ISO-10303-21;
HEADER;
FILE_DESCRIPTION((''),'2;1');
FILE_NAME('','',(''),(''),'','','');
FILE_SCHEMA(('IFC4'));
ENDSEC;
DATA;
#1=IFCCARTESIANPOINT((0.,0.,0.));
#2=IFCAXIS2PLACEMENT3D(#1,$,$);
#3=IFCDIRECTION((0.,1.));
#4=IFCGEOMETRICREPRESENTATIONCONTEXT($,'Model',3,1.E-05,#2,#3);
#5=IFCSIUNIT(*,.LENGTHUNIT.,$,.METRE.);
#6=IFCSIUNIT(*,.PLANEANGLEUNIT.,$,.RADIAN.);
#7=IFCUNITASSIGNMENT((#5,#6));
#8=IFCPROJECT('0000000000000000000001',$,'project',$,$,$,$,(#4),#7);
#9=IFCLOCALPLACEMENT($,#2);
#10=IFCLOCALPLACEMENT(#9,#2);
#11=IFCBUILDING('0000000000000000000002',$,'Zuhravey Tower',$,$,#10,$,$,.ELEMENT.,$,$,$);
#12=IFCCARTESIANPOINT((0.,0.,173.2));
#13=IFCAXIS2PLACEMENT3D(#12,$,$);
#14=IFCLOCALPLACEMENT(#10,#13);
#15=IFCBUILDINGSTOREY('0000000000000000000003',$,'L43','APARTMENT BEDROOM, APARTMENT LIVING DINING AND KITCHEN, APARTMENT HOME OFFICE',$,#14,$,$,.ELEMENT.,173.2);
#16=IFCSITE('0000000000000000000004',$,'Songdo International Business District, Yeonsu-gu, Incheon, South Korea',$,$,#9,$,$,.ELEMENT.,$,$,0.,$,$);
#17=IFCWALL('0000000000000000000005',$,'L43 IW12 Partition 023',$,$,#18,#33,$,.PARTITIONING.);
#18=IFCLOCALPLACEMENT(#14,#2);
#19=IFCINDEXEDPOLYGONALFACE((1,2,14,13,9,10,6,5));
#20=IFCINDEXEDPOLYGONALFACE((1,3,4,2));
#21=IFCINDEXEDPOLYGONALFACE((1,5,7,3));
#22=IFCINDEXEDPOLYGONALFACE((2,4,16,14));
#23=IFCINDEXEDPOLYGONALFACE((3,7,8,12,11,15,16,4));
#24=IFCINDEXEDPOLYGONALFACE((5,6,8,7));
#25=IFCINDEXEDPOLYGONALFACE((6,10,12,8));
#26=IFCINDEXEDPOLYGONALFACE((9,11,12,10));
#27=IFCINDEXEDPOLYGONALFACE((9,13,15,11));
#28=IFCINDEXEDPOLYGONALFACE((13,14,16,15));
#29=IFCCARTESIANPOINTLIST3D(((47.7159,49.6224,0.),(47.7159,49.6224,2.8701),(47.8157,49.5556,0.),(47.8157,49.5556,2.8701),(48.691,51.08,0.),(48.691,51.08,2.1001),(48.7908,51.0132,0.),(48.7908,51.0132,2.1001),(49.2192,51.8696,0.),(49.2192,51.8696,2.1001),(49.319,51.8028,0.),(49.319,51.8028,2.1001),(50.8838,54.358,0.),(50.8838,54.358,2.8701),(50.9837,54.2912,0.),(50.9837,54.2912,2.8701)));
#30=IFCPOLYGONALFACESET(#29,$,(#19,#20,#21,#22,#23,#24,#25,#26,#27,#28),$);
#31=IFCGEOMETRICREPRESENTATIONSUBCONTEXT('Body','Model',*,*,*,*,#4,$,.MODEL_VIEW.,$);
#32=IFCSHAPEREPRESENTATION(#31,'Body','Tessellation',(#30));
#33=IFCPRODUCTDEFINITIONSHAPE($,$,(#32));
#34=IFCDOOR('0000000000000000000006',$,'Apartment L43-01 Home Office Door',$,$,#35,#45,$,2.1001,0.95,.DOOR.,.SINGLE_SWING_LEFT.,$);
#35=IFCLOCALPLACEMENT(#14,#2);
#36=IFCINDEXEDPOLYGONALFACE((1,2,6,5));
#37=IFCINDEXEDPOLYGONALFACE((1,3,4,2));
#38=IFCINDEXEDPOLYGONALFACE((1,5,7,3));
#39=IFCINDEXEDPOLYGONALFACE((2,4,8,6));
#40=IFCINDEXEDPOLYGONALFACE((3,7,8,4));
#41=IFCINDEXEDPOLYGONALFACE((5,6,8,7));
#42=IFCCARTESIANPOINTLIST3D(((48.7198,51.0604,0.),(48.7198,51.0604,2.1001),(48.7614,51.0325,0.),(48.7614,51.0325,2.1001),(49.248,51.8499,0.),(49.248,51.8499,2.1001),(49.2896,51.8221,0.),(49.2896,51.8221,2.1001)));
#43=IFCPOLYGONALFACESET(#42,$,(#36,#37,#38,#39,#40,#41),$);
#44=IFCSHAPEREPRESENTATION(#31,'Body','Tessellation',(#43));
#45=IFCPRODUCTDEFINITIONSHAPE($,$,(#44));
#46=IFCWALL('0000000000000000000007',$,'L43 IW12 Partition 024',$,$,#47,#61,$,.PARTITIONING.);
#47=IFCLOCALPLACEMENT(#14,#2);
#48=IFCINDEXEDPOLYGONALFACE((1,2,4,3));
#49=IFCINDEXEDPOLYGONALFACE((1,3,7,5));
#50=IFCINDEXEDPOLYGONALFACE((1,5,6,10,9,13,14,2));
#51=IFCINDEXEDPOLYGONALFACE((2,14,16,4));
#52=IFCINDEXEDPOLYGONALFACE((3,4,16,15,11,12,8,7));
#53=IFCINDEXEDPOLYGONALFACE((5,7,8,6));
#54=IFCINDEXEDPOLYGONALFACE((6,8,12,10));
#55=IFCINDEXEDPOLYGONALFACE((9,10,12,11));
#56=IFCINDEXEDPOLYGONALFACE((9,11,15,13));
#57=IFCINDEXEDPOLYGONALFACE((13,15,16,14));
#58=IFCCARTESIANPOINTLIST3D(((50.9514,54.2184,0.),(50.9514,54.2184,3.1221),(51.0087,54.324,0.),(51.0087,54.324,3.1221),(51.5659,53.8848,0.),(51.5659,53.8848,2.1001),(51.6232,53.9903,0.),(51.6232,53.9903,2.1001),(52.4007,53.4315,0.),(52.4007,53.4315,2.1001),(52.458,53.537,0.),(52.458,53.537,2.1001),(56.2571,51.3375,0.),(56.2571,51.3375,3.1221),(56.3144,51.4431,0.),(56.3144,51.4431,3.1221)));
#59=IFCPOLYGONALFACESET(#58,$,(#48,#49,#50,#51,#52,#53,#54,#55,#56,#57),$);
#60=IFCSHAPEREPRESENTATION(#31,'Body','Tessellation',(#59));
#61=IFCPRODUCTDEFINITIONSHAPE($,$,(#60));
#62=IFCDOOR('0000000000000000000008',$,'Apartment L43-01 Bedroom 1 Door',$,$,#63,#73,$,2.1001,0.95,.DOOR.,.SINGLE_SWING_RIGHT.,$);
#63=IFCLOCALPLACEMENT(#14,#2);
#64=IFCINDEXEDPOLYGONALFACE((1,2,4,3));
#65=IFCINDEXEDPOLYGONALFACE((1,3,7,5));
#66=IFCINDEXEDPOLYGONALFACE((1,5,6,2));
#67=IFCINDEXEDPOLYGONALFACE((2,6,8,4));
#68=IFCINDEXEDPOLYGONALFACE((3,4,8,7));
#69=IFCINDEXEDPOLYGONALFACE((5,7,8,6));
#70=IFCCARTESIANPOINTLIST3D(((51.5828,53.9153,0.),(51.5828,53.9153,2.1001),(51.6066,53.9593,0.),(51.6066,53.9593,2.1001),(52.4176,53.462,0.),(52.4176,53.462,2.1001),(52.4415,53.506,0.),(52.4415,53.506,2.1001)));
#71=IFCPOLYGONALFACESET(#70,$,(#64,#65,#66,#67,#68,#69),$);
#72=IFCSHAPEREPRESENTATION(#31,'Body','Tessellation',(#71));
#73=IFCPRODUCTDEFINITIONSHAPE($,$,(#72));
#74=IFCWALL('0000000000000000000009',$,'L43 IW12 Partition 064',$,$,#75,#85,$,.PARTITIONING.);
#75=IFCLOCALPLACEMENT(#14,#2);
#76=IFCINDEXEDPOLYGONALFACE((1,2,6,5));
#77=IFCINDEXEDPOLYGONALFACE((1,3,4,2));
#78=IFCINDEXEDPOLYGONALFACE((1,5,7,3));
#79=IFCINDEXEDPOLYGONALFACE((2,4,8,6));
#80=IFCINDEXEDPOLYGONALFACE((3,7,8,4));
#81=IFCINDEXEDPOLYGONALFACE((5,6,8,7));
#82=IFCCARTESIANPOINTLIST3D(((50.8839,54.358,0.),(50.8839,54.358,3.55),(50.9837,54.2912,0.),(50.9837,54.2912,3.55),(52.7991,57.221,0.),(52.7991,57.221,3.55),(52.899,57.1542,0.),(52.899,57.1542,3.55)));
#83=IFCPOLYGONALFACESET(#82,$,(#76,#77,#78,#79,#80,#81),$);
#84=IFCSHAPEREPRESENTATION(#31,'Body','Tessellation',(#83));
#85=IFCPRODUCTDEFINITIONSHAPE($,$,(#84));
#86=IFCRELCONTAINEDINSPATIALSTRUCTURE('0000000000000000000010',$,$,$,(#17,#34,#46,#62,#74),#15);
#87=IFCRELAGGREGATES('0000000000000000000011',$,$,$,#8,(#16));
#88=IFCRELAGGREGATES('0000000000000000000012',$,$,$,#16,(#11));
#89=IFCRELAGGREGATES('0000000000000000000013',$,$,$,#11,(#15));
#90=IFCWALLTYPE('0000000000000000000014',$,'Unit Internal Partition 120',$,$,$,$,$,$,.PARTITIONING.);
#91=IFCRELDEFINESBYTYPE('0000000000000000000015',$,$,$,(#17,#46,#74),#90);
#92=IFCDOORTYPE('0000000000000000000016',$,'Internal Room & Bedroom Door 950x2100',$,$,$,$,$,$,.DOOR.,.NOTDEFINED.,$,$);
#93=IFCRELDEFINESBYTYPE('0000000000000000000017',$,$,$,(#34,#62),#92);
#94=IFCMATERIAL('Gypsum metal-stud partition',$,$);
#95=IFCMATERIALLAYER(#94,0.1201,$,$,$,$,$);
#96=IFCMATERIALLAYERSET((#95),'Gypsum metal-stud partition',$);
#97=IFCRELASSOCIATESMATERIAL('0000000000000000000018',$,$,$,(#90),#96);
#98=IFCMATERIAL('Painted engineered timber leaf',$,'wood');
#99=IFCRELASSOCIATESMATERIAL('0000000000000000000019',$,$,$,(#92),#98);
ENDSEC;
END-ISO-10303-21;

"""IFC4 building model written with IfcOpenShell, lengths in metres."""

from ifc_helpers import new_model, si_unit, direction, frame, frame_2d, origin, place, context, subcontext, project, spatial, rectangle, extrude, material, layer, layer_set, type_object, element, fill, save


model = new_model("IFC4")

# Units and contexts
model_context = context("Model", 3, precision=1e-05, world=origin(), true_north=direction((0.0, 1.0)))
body_context = subcontext(model_context, "Body", "Model", "MODEL_VIEW")
ifc_project = project(units=[si_unit("LENGTHUNIT", "METRE"), si_unit("PLANEANGLEUNIT", "RADIAN")], contexts=[model_context])

# Site, building, storey
site_placement = place(None, origin())
site = spatial("IfcSite", under=ifc_project, at=site_placement, Name="Songdo International Business District, Yeonsu-gu, Incheon, South Korea", CompositionType="ELEMENT", RefElevation=0.0)
building_placement = place(site_placement, origin())
building = spatial("IfcBuilding", under=site, at=building_placement, Name="Zuhravey Tower", CompositionType="ELEMENT")
storey_placement = place(building_placement, frame((0.0, 0.0, 173.2)))
storey = spatial("IfcBuildingStorey", under=building, at=storey_placement, Name="L43", Description="APARTMENT BEDROOM, APARTMENT LIVING DINING AND KITCHEN, APARTMENT HOME OFFICE", CompositionType="ELEMENT", Elevation=173.2)

# Shared definitions
ifc_material_1 = material(Name="Gypsum metal-stud partition")
ifc_layer_1 = layer(ifc_material_1, 0.1201)
ifc_layer_set_1 = layer_set([ifc_layer_1], Name="Gypsum metal-stud partition")
wall_type_1 = type_object("IfcWallType", Name="Unit Internal Partition 120", PredefinedType="PARTITIONING", material=ifc_layer_set_1)
ifc_material_2 = material(Name="Painted engineered timber leaf", Category="wood")
door_type = type_object("IfcDoorType", Name="Internal Room & Bedroom Door 950x2100", OperationType="NOTDEFINED", PredefinedType="DOOR", material=ifc_material_2)

# Walls, openings, doors
wall_1_placement = place(storey_placement, frame((47.7659, 49.5891, 0.0), z_axis=(0.0, 0.0, 1.0), x_axis=(0.556025, 0.831166, 0.0)))
wall_1 = element("IfcWall", 1, at=wall_1_placement, inside=storey, type_object=wall_type_1, Name="L43 IW12 Partition 023", PredefinedType="PARTITIONING", context=body_context, shape_type="SweptSolid", body=[
    extrude(rectangle(XDim=5.6975, YDim=0.1201, at=frame_2d((2.8486, 0.0))), origin(), (0.0, 0.0, 1.0), 2.8701),
])
opening_1_placement = place(wall_1_placement, frame((1.7534, 0.0, 0.0)))
opening_1 = element("IfcOpeningElement", 2, at=opening_1_placement, cuts=wall_1, PredefinedType="OPENING", context=body_context, shape_type="SweptSolid", body=[
    extrude(rectangle(XDim=0.95, YDim=2.1001, at=frame_2d((0.4751, 1.05))), frame((0.0, 0.072, 0.0), z_axis=(0.0, -1.0, 0.0), x_axis=(1.0, 0.0, 0.0)), (0.0, 0.0, 1.0), 0.144),
])
door_1_placement = place(opening_1_placement, frame((0.95, 0.0, 0.0), z_axis=(0.0, 0.0, 1.0), x_axis=(-1.0, 0.0, 0.0)))
door_1 = element("IfcDoor", 3, at=door_1_placement, inside=storey, type_object=door_type, Name="Apartment L43-01 Home Office Door", OperationType="SINGLE_SWING_LEFT", OverallHeight=2.1001, OverallWidth=0.95, PredefinedType="DOOR", context=body_context, shape_type="SweptSolid", body=[
    extrude(rectangle(XDim=0.95, YDim=2.1001, at=frame_2d((0.4751, 1.05))), frame((0.0, 0.0249, 0.0), z_axis=(0.0, -1.0, 0.0), x_axis=(1.0, 0.0, 0.0)), (0.0, 0.0, 1.0), 0.05),
])
fill(opening_1, door_1)
wall_2_placement = place(storey_placement, frame((56.2856, 51.3904, 0.0), z_axis=(0.0, 0.0, 1.0), x_axis=(-0.878809, 0.477174, 0.0)))
wall_2 = element("IfcWall", 4, at=wall_2_placement, inside=storey, type_object=wall_type_1, Name="L43 IW12 Partition 024", PredefinedType="PARTITIONING", context=body_context, shape_type="SweptSolid", body=[
    extrude(rectangle(XDim=6.0374, YDim=0.1201, at=frame_2d((3.0186, 0.0))), origin(), (0.0, 0.0, 1.0), 3.1221),
])
opening_2_placement = place(wall_2_placement, frame((4.3879, 0.0, 0.0)))
opening_2 = element("IfcOpeningElement", 5, at=opening_2_placement, cuts=wall_2, PredefinedType="OPENING", context=body_context, shape_type="SweptSolid", body=[
    extrude(rectangle(XDim=0.95, YDim=2.1001, at=frame_2d((0.4751, 1.05))), frame((0.0, 0.072, 0.0), z_axis=(0.0, -1.0, 0.0), x_axis=(1.0, 0.0, 0.0)), (0.0, 0.0, 1.0), 0.144),
])
door_2_placement = place(opening_2_placement, frame((0.95, 0.0, 0.0), z_axis=(0.0, 0.0, 1.0), x_axis=(-1.0, 0.0, 0.0)))
door_2 = element("IfcDoor", 6, at=door_2_placement, inside=storey, type_object=door_type, Name="Apartment L43-01 Bedroom 1 Door", OperationType="SINGLE_SWING_RIGHT", OverallHeight=2.1001, OverallWidth=0.95, PredefinedType="DOOR", context=body_context, shape_type="SweptSolid", body=[
    extrude(rectangle(XDim=0.95, YDim=2.1001, at=frame_2d((0.4751, 1.05))), frame((0.0, 0.0249, 0.0), z_axis=(0.0, -1.0, 0.0), x_axis=(1.0, 0.0, 0.0)), (0.0, 0.0, 1.0), 0.05),
])
fill(opening_2, door_2)

# Wall
wall_3_placement = place(storey_placement, frame((50.9338, 54.3247, 0.0), z_axis=(0.0, 0.0, 1.0), x_axis=(0.556024, 0.831166, 0.0)))
element("IfcWall", 7, at=wall_3_placement, inside=storey, type_object=wall_type_1, Name="L43 IW12 Partition 064", PredefinedType="PARTITIONING", context=body_context, shape_type="SweptSolid", body=[
    extrude(rectangle(XDim=3.4446, YDim=0.1201, at=frame_2d((1.7222, 0.0))), origin(), (0.0, 0.0, 1.0), 3.55),
])

save(model, "model.ifc")
